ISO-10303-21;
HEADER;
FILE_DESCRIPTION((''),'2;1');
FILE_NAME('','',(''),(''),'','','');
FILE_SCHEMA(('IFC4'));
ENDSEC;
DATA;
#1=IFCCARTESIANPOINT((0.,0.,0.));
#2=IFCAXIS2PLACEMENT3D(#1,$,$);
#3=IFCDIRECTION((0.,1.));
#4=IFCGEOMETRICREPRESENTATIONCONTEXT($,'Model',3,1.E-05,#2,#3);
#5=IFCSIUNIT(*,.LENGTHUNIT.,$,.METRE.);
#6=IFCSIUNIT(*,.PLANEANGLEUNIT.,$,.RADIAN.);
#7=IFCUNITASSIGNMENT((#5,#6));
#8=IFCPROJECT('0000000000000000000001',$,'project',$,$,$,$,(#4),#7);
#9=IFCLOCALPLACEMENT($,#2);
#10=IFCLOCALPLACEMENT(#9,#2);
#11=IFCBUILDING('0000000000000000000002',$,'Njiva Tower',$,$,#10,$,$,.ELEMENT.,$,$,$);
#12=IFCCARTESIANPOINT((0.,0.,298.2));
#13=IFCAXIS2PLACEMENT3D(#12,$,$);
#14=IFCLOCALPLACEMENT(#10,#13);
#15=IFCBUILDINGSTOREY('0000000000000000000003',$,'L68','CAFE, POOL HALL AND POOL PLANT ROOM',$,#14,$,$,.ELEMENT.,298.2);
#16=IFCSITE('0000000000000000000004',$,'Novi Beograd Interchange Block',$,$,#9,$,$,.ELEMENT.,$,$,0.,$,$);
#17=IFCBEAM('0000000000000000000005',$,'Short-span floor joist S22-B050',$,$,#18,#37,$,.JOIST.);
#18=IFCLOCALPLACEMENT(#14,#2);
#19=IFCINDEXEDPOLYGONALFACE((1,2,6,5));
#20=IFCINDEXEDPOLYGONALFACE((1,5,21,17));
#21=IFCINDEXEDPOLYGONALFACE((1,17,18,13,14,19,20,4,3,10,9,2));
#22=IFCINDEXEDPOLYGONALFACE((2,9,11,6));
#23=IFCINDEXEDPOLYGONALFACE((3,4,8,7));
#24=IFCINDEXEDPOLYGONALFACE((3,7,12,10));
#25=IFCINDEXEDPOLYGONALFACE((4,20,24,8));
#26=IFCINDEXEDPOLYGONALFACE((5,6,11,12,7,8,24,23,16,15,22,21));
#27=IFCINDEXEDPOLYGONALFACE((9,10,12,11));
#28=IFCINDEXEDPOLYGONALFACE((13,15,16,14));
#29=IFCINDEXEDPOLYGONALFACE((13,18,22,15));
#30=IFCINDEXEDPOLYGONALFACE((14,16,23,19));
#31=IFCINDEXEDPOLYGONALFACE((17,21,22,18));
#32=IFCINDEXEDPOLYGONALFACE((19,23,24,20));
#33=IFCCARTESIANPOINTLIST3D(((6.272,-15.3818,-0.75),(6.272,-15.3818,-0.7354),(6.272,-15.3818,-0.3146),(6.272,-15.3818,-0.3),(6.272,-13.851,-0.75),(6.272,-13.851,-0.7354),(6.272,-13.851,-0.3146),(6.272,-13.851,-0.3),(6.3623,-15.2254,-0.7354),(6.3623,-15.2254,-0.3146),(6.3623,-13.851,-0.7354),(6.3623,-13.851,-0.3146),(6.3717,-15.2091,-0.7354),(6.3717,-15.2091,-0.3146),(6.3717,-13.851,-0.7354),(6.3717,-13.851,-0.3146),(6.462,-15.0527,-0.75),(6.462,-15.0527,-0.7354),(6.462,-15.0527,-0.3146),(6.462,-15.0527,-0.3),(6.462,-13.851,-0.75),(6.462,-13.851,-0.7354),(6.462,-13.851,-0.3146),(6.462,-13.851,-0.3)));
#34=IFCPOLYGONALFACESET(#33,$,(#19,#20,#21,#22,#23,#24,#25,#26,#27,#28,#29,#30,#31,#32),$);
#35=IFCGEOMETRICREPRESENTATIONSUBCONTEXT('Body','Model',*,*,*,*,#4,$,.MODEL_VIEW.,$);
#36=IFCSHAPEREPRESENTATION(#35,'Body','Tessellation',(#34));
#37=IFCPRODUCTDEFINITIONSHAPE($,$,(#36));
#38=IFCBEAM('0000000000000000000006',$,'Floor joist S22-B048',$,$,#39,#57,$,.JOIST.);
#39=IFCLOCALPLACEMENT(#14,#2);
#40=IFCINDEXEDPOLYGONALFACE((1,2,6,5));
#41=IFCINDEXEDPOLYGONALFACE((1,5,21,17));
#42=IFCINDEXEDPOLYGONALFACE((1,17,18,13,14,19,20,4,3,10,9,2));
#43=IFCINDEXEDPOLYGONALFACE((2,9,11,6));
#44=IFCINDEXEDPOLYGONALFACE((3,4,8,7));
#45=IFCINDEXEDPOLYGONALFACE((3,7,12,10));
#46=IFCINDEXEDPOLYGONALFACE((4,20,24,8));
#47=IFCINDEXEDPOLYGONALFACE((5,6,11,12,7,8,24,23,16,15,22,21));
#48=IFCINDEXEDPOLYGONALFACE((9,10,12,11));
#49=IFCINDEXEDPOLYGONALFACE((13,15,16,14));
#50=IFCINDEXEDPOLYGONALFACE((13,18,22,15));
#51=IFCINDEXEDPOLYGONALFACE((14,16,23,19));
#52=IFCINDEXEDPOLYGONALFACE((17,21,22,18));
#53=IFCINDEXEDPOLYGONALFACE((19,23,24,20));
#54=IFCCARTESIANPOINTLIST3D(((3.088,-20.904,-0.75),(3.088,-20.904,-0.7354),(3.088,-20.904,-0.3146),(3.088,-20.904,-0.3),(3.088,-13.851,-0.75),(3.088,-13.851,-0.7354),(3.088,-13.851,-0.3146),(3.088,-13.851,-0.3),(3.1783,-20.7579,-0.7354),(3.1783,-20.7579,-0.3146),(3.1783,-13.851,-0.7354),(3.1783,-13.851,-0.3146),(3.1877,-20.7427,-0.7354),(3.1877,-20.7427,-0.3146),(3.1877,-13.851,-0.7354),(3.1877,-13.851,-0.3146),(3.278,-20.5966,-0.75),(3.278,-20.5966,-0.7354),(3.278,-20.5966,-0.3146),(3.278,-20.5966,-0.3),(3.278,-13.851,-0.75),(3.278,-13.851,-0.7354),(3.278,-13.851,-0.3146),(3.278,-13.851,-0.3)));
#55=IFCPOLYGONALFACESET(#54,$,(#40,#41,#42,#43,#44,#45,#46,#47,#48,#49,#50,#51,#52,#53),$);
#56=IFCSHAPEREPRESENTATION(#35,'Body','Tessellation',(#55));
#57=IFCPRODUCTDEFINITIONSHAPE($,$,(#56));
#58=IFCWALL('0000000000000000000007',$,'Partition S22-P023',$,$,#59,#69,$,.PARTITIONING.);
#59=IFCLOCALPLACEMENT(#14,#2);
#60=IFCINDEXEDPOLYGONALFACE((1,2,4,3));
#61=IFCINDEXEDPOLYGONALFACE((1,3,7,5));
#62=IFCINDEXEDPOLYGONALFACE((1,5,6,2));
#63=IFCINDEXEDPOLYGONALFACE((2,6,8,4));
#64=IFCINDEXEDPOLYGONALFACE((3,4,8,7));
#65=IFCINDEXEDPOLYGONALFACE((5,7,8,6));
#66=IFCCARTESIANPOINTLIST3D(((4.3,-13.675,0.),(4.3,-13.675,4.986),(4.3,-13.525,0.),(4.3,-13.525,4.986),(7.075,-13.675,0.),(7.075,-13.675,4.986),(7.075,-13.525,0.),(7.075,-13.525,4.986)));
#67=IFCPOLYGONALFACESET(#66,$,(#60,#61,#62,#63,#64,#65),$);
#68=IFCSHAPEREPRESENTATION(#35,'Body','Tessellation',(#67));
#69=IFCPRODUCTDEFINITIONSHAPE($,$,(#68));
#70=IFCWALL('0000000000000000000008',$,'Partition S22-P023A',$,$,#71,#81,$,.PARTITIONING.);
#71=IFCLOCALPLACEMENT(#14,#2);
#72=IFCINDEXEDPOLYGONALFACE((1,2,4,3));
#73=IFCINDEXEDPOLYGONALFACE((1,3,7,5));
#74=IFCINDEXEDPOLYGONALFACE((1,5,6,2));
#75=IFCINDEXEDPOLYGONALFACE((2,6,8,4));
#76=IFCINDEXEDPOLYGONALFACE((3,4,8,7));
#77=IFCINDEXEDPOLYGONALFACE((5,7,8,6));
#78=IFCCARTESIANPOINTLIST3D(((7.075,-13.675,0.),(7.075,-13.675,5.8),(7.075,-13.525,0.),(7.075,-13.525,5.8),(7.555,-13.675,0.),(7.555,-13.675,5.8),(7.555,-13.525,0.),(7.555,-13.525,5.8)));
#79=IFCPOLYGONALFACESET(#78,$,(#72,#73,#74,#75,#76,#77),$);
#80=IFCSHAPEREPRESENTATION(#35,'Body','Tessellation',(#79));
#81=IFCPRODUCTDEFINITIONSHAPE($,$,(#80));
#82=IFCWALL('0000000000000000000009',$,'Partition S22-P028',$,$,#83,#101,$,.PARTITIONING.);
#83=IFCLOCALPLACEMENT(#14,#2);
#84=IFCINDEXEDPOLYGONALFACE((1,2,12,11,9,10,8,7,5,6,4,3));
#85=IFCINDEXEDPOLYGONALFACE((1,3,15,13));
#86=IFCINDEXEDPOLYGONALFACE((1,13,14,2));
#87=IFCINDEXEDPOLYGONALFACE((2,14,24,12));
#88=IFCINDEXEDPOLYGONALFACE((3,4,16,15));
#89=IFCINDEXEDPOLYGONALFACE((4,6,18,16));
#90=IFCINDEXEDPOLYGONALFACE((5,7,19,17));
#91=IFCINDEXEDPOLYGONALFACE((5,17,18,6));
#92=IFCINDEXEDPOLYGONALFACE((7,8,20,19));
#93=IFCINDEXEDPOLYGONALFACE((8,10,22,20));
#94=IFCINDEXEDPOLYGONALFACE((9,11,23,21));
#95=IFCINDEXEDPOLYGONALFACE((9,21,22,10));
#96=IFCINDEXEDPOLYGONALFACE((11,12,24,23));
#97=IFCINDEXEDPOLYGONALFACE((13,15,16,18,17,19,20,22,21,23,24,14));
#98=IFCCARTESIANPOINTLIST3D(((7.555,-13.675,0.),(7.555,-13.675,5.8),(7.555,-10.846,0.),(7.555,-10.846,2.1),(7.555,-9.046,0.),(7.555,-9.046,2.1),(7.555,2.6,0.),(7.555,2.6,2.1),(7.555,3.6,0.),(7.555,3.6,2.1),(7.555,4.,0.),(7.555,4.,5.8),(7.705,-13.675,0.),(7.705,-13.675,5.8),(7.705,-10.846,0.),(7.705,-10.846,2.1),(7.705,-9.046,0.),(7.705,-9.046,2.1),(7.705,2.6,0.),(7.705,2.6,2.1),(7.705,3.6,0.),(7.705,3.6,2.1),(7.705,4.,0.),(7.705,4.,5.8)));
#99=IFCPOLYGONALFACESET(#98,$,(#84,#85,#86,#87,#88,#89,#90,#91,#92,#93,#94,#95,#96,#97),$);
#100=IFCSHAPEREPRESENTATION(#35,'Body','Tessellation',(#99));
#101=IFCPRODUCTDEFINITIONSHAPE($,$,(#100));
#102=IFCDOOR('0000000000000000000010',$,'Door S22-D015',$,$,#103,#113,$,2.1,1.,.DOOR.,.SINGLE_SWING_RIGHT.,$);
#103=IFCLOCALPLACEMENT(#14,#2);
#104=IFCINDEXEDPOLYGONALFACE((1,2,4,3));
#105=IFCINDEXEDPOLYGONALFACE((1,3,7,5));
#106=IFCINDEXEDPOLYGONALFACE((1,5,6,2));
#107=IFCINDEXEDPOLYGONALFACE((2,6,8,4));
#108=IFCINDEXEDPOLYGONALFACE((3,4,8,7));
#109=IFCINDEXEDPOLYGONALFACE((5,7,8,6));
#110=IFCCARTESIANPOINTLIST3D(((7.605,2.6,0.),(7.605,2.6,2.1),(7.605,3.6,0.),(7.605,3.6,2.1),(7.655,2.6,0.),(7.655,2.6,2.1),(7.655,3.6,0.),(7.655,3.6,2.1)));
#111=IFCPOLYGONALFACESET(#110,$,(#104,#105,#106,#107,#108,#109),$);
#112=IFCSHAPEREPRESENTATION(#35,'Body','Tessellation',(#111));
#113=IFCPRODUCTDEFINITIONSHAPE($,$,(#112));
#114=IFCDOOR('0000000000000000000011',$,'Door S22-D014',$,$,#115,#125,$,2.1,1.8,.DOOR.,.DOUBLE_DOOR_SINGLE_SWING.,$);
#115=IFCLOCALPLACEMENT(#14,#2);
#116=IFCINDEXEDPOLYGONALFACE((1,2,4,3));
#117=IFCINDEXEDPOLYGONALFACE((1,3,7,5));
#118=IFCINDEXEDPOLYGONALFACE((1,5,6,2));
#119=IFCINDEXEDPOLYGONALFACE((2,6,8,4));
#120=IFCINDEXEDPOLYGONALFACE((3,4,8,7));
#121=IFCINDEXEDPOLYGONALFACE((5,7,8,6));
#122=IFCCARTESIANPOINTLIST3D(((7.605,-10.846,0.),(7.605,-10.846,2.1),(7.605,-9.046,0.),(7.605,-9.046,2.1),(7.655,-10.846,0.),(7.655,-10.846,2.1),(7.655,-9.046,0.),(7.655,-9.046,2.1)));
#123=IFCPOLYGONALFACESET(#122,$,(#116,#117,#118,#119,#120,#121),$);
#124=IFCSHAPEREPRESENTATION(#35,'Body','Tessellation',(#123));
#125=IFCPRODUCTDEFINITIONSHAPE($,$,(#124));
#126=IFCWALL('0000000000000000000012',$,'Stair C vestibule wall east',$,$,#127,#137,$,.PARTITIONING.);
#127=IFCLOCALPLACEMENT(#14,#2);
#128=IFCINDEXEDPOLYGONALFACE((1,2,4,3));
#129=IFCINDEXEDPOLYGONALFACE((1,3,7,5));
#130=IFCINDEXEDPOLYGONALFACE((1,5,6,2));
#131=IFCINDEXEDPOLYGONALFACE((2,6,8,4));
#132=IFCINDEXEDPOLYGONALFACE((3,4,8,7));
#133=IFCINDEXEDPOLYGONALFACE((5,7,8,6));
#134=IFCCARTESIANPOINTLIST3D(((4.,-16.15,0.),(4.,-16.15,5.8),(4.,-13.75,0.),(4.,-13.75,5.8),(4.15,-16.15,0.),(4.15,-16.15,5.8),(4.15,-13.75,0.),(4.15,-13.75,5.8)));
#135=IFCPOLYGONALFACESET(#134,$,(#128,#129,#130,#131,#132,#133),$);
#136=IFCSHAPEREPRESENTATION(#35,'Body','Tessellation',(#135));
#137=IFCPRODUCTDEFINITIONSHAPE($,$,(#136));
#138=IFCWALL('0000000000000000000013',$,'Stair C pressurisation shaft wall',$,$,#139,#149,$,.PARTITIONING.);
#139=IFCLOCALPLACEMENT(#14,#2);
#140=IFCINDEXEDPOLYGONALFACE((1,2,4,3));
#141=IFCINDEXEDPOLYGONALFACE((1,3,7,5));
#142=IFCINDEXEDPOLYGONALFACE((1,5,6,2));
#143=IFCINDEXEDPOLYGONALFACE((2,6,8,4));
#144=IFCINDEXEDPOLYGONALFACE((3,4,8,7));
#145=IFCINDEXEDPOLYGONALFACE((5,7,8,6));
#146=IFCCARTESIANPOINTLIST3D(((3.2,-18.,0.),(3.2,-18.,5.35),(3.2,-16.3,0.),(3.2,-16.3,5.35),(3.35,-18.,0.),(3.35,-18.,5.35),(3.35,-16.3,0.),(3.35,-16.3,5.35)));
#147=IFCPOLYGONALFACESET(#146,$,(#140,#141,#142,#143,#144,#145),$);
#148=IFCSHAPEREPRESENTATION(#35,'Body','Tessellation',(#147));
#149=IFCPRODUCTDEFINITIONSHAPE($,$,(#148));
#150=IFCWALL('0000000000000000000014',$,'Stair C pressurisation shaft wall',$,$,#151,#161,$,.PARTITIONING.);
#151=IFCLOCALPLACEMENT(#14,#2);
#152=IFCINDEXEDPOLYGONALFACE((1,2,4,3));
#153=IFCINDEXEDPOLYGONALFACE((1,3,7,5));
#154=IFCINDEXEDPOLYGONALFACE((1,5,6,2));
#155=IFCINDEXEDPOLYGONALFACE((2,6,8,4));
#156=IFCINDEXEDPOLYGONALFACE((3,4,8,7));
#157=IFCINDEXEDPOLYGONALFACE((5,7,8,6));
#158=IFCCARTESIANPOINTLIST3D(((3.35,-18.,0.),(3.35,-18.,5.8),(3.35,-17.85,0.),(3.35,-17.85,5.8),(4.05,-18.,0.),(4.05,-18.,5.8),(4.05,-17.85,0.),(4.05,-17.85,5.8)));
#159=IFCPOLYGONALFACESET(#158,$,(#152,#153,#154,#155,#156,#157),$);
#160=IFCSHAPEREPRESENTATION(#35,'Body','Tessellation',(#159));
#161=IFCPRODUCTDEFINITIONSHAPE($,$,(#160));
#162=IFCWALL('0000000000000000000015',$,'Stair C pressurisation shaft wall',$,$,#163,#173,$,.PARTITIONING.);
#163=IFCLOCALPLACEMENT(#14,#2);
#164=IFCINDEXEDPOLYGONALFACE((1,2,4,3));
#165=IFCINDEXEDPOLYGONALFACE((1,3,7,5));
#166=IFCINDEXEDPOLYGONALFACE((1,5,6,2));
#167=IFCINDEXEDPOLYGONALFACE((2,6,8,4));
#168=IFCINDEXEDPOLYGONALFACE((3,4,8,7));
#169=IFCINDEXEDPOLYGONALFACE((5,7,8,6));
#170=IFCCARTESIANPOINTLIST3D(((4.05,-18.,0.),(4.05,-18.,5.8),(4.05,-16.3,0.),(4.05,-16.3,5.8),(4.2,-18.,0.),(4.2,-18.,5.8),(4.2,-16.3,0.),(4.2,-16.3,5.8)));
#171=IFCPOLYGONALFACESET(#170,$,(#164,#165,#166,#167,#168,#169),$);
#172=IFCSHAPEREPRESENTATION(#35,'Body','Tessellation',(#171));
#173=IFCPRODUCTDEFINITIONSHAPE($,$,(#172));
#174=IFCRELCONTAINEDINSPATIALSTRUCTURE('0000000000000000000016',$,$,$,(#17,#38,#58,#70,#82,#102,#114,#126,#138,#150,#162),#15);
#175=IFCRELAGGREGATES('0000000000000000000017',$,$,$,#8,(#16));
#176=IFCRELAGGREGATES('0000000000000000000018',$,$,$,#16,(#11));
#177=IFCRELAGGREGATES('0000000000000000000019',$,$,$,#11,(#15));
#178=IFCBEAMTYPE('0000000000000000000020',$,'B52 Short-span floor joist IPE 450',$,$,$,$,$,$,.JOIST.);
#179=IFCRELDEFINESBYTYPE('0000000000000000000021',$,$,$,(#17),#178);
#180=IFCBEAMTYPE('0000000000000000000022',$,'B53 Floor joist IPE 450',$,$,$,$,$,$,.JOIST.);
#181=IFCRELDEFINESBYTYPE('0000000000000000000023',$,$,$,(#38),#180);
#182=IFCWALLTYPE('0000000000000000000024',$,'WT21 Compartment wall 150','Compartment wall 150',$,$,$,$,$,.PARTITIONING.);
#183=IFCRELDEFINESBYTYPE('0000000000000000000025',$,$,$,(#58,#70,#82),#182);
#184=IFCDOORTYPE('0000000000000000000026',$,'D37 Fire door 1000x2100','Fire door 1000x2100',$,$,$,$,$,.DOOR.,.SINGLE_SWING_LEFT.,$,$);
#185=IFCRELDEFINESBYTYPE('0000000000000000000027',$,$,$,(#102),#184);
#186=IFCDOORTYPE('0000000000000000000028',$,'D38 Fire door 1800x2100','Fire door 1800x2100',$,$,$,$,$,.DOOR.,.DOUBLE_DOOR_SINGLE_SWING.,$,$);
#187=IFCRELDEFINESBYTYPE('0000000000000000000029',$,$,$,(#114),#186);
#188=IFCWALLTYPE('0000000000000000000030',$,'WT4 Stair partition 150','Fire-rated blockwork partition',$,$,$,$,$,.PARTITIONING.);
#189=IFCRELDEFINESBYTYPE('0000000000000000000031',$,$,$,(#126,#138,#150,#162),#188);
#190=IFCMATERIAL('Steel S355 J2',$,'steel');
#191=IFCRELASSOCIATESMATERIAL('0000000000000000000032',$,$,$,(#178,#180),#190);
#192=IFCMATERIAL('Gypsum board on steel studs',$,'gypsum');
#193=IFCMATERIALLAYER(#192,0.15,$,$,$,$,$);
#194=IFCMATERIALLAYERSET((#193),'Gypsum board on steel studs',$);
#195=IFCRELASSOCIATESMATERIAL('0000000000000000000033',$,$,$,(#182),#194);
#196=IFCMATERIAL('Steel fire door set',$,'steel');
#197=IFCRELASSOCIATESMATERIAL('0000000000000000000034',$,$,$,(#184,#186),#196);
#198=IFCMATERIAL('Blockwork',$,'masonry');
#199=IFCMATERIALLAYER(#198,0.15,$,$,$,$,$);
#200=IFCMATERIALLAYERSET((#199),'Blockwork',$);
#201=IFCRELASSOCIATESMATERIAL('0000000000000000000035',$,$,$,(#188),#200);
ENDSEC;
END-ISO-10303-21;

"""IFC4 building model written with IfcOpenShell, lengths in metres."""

from ifc_helpers import new_model, si_unit, direction, frame, frame_2d, origin, origin_2d, place, context, subcontext, project, spatial, rectangle, i_section, extrude, clip, halfspace, material, layer, layer_set, material_profile, profile_set, type_object, element, fill, save


model = new_model("IFC4")

# Units and contexts
model_context = context("Model", 3, precision=1e-05, world=origin(), true_north=direction((0.0, 1.0)))
body_context = subcontext(model_context, "Body", "Model", "MODEL_VIEW")
ifc_project = project(units=[si_unit("LENGTHUNIT", "METRE"), si_unit("PLANEANGLEUNIT", "RADIAN")], contexts=[model_context])

# Site, building, storey
site_placement = place(None, origin())
site = spatial("IfcSite", under=ifc_project, at=site_placement, Name="Novi Beograd Interchange Block", CompositionType="ELEMENT", RefElevation=0.0)
building_placement = place(site_placement, origin())
building = spatial("IfcBuilding", under=site, at=building_placement, Name="Njiva Tower", CompositionType="ELEMENT")
storey_placement = place(building_placement, frame((0.0, 0.0, 298.2)))
storey = spatial("IfcBuildingStorey", under=building, at=storey_placement, Name="L68", Description="CAFE, POOL HALL AND POOL PLANT ROOM", CompositionType="ELEMENT", Elevation=298.2)

# Shared definitions
ifc_material_1 = material(Name="Steel S355 J2", Category="steel")

# Beams
ifc_material_profile_1 = material_profile(ifc_material_1, i_section(OverallWidth=0.19, OverallDepth=0.45, WebThickness=0.0094, FlangeThickness=0.0146, at=origin_2d()), Name="IPE 450")
ifc_profile_set_1 = profile_set([ifc_material_profile_1], Name="Steel S355 J2")
beam_type_1 = type_object("IfcBeamType", Name="B52 Short-span floor joist IPE 450", PredefinedType="JOIST", material=ifc_profile_set_1)
beam_1_placement = place(storey_placement, frame((6.367, -13.851, -0.525), z_axis=(0.0, -1.0, 0.0), x_axis=(1.0, 0.0, 0.0)))
element("IfcBeam", 1, at=beam_1_placement, inside=storey, type_object=beam_type_1, Name="Short-span floor joist S22-B050", PredefinedType="JOIST", context=body_context, shape_type="Clipping", body=[
    clip(extrude(i_section(OverallWidth=0.19, OverallDepth=0.45, WebThickness=0.0094, FlangeThickness=0.0146, at=origin_2d()), origin(), (0.0, 0.0, 1.0), 1.552), halfspace(frame((0.043, 0.0, 1.2918), z_axis=(0.866027, 0.0, 0.499998), x_axis=(0.0, 1.0, 0.0)), False)),
])
ifc_material_profile_2 = material_profile(ifc_material_1, i_section(OverallWidth=0.19, OverallDepth=0.45, WebThickness=0.0094, FlangeThickness=0.0146, at=origin_2d()), Name="IPE 450")
ifc_profile_set_2 = profile_set([ifc_material_profile_2], Name="Steel S355 J2")
beam_type_2 = type_object("IfcBeamType", Name="B53 Floor joist IPE 450", PredefinedType="JOIST", material=ifc_profile_set_2)
beam_2_placement = place(storey_placement, frame((3.183, -13.851, -0.525), z_axis=(0.0, -1.0, 0.0), x_axis=(1.0, 0.0, 0.0)))
element("IfcBeam", 2, at=beam_2_placement, inside=storey, type_object=beam_type_2, Name="Floor joist S22-B048", PredefinedType="JOIST", context=body_context, shape_type="Clipping", body=[
    clip(extrude(i_section(OverallWidth=0.19, OverallDepth=0.45, WebThickness=0.0094, FlangeThickness=0.0146, at=origin_2d()), origin(), (0.0, 0.0, 1.0), 7.073), halfspace(frame((0.0429, 0.0, 6.8299), z_axis=(0.85062, 0.0, 0.52578), x_axis=(0.0, 1.0, 0.0)), False)),
])

# Walls
ifc_material_2 = material(Name="Gypsum board on steel studs", Category="gypsum")
ifc_layer_1 = layer(ifc_material_2, 0.15)
ifc_layer_set_1 = layer_set([ifc_layer_1], Name="Gypsum board on steel studs")
wall_type_1 = type_object("IfcWallType", Name="WT21 Compartment wall 150", Description="Compartment wall 150", PredefinedType="PARTITIONING", material=ifc_layer_set_1)
wall_1_placement = place(storey_placement, frame((4.3, -13.6, 0.0), z_axis=(0.0, 0.0, 1.0), x_axis=(1.0, 0.0, 0.0)))
element("IfcWall", 3, at=wall_1_placement, inside=storey, type_object=wall_type_1, Name="Partition S22-P023", PredefinedType="PARTITIONING", context=body_context, shape_type="SweptSolid", body=[
    extrude(rectangle(XDim=2.775, YDim=0.15, at=frame_2d((1.3875, 0.0))), origin(), (0.0, 0.0, 1.0), 4.986),
])
wall_2_placement = place(storey_placement, frame((7.075, -13.6, 0.0), z_axis=(0.0, 0.0, 1.0), x_axis=(1.0, 0.0, 0.0)))
element("IfcWall", 4, at=wall_2_placement, inside=storey, type_object=wall_type_1, Name="Partition S22-P023A", PredefinedType="PARTITIONING", context=body_context, shape_type="SweptSolid", body=[
    extrude(rectangle(XDim=0.48, YDim=0.15, at=frame_2d((0.24, 0.0))), origin(), (0.0, 0.0, 1.0), 5.8),
])

# Wall, openings, doors
wall_3_placement = place(storey_placement, frame((7.63, -13.675, 0.0), z_axis=(0.0, 0.0, 1.0), x_axis=(0.0, 1.0, 0.0)))
wall_3 = element("IfcWall", 5, at=wall_3_placement, inside=storey, type_object=wall_type_1, Name="Partition S22-P028", PredefinedType="PARTITIONING", context=body_context, shape_type="SweptSolid", body=[
    extrude(rectangle(XDim=17.675, YDim=0.15, at=frame_2d((8.8375, 0.0))), origin(), (0.0, 0.0, 1.0), 5.8),
])
opening_1_placement = place(wall_3_placement, frame((2.829, 0.0, 0.0)))
opening_1 = element("IfcOpeningElement", 6, at=opening_1_placement, cuts=wall_3, PredefinedType="OPENING", context=body_context, shape_type="SweptSolid", body=[
    extrude(rectangle(XDim=1.8, YDim=2.1, at=frame_2d((0.9, 1.05))), frame((0.0, 0.085, 0.0), z_axis=(0.0, -1.0, 0.0), x_axis=(1.0, 0.0, 0.0)), (0.0, 0.0, 1.0), 0.17),
])
opening_2_placement = place(wall_3_placement, frame((16.275, 0.0, 0.0)))
opening_2 = element("IfcOpeningElement", 7, at=opening_2_placement, cuts=wall_3, PredefinedType="OPENING", context=body_context, shape_type="SweptSolid", body=[
    extrude(rectangle(XDim=1.0, YDim=2.1, at=frame_2d((0.5, 1.05))), frame((0.0, 0.085, 0.0), z_axis=(0.0, -1.0, 0.0), x_axis=(1.0, 0.0, 0.0)), (0.0, 0.0, 1.0), 0.17),
])
ifc_material_3 = material(Name="Steel fire door set", Category="steel")
door_type_1 = type_object("IfcDoorType", Name="D37 Fire door 1000x2100", Description="Fire door 1000x2100", OperationType="SINGLE_SWING_LEFT", PredefinedType="DOOR", material=ifc_material_3)
door_1_placement = place(opening_2_placement, origin())
door_1 = element("IfcDoor", 8, at=door_1_placement, inside=storey, type_object=door_type_1, Name="Door S22-D015", OperationType="SINGLE_SWING_RIGHT", OverallHeight=2.1, OverallWidth=1.0, PredefinedType="DOOR", context=body_context, shape_type="SweptSolid", body=[
    extrude(rectangle(XDim=1.0, YDim=2.1, at=frame_2d((0.5, 1.05))), frame((0.0, 0.025, 0.0), z_axis=(0.0, -1.0, 0.0), x_axis=(1.0, 0.0, 0.0)), (0.0, 0.0, 1.0), 0.05),
])
fill(opening_2, door_1)
door_type_2 = type_object("IfcDoorType", Name="D38 Fire door 1800x2100", Description="Fire door 1800x2100", OperationType="DOUBLE_DOOR_SINGLE_SWING", PredefinedType="DOOR", material=ifc_material_3)
door_2_placement = place(opening_1_placement, origin())
door_2 = element("IfcDoor", 9, at=door_2_placement, inside=storey, type_object=door_type_2, Name="Door S22-D014", OperationType="DOUBLE_DOOR_SINGLE_SWING", OverallHeight=2.1, OverallWidth=1.8, PredefinedType="DOOR", context=body_context, shape_type="SweptSolid", body=[
    extrude(rectangle(XDim=1.8, YDim=2.1, at=frame_2d((0.9, 1.05))), frame((0.0, 0.025, 0.0), z_axis=(0.0, -1.0, 0.0), x_axis=(1.0, 0.0, 0.0)), (0.0, 0.0, 1.0), 0.05),
])
fill(opening_1, door_2)

# Walls
ifc_material_4 = material(Name="Blockwork", Category="masonry")
ifc_layer_2 = layer(ifc_material_4, 0.15)
ifc_layer_set_2 = layer_set([ifc_layer_2], Name="Blockwork")
wall_type_2 = type_object("IfcWallType", Name="WT4 Stair partition 150", Description="Fire-rated blockwork partition", PredefinedType="PARTITIONING", material=ifc_layer_set_2)
wall_4_placement = place(storey_placement, frame((4.075, -16.15, 0.0), z_axis=(0.0, 0.0, 1.0), x_axis=(0.0, 1.0, 0.0)))
element("IfcWall", 10, at=wall_4_placement, inside=storey, type_object=wall_type_2, Name="Stair C vestibule wall east", PredefinedType="PARTITIONING", context=body_context, shape_type="SweptSolid", body=[
    extrude(rectangle(XDim=2.4, YDim=0.15, at=frame_2d((1.2, 0.0))), origin(), (0.0, 0.0, 1.0), 5.8),
])
wall_5_placement = place(storey_placement, frame((3.275, -18.0, 0.0), z_axis=(0.0, 0.0, 1.0), x_axis=(0.0, 1.0, 0.0)))
element("IfcWall", 11, at=wall_5_placement, inside=storey, type_object=wall_type_2, Name="Stair C pressurisation shaft wall", PredefinedType="PARTITIONING", context=body_context, shape_type="SweptSolid", body=[
    extrude(rectangle(XDim=1.7, YDim=0.15, at=frame_2d((0.85, 0.0))), origin(), (0.0, 0.0, 1.0), 5.35),
])
wall_6_placement = place(storey_placement, frame((3.35, -17.925, 0.0), z_axis=(0.0, 0.0, 1.0), x_axis=(1.0, 0.0, 0.0)))
element("IfcWall", 12, at=wall_6_placement, inside=storey, type_object=wall_type_2, Name="Stair C pressurisation shaft wall", PredefinedType="PARTITIONING", context=body_context, shape_type="SweptSolid", body=[
    extrude(rectangle(XDim=0.7, YDim=0.15, at=frame_2d((0.35, 0.0))), origin(), (0.0, 0.0, 1.0), 5.8),
])
wall_7_placement = place(storey_placement, frame((4.125, -18.0, 0.0), z_axis=(0.0, 0.0, 1.0), x_axis=(0.0, 1.0, 0.0)))
element("IfcWall", 13, at=wall_7_placement, inside=storey, type_object=wall_type_2, Name="Stair C pressurisation shaft wall", PredefinedType="PARTITIONING", context=body_context, shape_type="SweptSolid", body=[
    extrude(rectangle(XDim=1.7, YDim=0.15, at=frame_2d((0.85, 0.0))), origin(), (0.0, 0.0, 1.0), 5.8),
])

save(model, "model.ifc")
